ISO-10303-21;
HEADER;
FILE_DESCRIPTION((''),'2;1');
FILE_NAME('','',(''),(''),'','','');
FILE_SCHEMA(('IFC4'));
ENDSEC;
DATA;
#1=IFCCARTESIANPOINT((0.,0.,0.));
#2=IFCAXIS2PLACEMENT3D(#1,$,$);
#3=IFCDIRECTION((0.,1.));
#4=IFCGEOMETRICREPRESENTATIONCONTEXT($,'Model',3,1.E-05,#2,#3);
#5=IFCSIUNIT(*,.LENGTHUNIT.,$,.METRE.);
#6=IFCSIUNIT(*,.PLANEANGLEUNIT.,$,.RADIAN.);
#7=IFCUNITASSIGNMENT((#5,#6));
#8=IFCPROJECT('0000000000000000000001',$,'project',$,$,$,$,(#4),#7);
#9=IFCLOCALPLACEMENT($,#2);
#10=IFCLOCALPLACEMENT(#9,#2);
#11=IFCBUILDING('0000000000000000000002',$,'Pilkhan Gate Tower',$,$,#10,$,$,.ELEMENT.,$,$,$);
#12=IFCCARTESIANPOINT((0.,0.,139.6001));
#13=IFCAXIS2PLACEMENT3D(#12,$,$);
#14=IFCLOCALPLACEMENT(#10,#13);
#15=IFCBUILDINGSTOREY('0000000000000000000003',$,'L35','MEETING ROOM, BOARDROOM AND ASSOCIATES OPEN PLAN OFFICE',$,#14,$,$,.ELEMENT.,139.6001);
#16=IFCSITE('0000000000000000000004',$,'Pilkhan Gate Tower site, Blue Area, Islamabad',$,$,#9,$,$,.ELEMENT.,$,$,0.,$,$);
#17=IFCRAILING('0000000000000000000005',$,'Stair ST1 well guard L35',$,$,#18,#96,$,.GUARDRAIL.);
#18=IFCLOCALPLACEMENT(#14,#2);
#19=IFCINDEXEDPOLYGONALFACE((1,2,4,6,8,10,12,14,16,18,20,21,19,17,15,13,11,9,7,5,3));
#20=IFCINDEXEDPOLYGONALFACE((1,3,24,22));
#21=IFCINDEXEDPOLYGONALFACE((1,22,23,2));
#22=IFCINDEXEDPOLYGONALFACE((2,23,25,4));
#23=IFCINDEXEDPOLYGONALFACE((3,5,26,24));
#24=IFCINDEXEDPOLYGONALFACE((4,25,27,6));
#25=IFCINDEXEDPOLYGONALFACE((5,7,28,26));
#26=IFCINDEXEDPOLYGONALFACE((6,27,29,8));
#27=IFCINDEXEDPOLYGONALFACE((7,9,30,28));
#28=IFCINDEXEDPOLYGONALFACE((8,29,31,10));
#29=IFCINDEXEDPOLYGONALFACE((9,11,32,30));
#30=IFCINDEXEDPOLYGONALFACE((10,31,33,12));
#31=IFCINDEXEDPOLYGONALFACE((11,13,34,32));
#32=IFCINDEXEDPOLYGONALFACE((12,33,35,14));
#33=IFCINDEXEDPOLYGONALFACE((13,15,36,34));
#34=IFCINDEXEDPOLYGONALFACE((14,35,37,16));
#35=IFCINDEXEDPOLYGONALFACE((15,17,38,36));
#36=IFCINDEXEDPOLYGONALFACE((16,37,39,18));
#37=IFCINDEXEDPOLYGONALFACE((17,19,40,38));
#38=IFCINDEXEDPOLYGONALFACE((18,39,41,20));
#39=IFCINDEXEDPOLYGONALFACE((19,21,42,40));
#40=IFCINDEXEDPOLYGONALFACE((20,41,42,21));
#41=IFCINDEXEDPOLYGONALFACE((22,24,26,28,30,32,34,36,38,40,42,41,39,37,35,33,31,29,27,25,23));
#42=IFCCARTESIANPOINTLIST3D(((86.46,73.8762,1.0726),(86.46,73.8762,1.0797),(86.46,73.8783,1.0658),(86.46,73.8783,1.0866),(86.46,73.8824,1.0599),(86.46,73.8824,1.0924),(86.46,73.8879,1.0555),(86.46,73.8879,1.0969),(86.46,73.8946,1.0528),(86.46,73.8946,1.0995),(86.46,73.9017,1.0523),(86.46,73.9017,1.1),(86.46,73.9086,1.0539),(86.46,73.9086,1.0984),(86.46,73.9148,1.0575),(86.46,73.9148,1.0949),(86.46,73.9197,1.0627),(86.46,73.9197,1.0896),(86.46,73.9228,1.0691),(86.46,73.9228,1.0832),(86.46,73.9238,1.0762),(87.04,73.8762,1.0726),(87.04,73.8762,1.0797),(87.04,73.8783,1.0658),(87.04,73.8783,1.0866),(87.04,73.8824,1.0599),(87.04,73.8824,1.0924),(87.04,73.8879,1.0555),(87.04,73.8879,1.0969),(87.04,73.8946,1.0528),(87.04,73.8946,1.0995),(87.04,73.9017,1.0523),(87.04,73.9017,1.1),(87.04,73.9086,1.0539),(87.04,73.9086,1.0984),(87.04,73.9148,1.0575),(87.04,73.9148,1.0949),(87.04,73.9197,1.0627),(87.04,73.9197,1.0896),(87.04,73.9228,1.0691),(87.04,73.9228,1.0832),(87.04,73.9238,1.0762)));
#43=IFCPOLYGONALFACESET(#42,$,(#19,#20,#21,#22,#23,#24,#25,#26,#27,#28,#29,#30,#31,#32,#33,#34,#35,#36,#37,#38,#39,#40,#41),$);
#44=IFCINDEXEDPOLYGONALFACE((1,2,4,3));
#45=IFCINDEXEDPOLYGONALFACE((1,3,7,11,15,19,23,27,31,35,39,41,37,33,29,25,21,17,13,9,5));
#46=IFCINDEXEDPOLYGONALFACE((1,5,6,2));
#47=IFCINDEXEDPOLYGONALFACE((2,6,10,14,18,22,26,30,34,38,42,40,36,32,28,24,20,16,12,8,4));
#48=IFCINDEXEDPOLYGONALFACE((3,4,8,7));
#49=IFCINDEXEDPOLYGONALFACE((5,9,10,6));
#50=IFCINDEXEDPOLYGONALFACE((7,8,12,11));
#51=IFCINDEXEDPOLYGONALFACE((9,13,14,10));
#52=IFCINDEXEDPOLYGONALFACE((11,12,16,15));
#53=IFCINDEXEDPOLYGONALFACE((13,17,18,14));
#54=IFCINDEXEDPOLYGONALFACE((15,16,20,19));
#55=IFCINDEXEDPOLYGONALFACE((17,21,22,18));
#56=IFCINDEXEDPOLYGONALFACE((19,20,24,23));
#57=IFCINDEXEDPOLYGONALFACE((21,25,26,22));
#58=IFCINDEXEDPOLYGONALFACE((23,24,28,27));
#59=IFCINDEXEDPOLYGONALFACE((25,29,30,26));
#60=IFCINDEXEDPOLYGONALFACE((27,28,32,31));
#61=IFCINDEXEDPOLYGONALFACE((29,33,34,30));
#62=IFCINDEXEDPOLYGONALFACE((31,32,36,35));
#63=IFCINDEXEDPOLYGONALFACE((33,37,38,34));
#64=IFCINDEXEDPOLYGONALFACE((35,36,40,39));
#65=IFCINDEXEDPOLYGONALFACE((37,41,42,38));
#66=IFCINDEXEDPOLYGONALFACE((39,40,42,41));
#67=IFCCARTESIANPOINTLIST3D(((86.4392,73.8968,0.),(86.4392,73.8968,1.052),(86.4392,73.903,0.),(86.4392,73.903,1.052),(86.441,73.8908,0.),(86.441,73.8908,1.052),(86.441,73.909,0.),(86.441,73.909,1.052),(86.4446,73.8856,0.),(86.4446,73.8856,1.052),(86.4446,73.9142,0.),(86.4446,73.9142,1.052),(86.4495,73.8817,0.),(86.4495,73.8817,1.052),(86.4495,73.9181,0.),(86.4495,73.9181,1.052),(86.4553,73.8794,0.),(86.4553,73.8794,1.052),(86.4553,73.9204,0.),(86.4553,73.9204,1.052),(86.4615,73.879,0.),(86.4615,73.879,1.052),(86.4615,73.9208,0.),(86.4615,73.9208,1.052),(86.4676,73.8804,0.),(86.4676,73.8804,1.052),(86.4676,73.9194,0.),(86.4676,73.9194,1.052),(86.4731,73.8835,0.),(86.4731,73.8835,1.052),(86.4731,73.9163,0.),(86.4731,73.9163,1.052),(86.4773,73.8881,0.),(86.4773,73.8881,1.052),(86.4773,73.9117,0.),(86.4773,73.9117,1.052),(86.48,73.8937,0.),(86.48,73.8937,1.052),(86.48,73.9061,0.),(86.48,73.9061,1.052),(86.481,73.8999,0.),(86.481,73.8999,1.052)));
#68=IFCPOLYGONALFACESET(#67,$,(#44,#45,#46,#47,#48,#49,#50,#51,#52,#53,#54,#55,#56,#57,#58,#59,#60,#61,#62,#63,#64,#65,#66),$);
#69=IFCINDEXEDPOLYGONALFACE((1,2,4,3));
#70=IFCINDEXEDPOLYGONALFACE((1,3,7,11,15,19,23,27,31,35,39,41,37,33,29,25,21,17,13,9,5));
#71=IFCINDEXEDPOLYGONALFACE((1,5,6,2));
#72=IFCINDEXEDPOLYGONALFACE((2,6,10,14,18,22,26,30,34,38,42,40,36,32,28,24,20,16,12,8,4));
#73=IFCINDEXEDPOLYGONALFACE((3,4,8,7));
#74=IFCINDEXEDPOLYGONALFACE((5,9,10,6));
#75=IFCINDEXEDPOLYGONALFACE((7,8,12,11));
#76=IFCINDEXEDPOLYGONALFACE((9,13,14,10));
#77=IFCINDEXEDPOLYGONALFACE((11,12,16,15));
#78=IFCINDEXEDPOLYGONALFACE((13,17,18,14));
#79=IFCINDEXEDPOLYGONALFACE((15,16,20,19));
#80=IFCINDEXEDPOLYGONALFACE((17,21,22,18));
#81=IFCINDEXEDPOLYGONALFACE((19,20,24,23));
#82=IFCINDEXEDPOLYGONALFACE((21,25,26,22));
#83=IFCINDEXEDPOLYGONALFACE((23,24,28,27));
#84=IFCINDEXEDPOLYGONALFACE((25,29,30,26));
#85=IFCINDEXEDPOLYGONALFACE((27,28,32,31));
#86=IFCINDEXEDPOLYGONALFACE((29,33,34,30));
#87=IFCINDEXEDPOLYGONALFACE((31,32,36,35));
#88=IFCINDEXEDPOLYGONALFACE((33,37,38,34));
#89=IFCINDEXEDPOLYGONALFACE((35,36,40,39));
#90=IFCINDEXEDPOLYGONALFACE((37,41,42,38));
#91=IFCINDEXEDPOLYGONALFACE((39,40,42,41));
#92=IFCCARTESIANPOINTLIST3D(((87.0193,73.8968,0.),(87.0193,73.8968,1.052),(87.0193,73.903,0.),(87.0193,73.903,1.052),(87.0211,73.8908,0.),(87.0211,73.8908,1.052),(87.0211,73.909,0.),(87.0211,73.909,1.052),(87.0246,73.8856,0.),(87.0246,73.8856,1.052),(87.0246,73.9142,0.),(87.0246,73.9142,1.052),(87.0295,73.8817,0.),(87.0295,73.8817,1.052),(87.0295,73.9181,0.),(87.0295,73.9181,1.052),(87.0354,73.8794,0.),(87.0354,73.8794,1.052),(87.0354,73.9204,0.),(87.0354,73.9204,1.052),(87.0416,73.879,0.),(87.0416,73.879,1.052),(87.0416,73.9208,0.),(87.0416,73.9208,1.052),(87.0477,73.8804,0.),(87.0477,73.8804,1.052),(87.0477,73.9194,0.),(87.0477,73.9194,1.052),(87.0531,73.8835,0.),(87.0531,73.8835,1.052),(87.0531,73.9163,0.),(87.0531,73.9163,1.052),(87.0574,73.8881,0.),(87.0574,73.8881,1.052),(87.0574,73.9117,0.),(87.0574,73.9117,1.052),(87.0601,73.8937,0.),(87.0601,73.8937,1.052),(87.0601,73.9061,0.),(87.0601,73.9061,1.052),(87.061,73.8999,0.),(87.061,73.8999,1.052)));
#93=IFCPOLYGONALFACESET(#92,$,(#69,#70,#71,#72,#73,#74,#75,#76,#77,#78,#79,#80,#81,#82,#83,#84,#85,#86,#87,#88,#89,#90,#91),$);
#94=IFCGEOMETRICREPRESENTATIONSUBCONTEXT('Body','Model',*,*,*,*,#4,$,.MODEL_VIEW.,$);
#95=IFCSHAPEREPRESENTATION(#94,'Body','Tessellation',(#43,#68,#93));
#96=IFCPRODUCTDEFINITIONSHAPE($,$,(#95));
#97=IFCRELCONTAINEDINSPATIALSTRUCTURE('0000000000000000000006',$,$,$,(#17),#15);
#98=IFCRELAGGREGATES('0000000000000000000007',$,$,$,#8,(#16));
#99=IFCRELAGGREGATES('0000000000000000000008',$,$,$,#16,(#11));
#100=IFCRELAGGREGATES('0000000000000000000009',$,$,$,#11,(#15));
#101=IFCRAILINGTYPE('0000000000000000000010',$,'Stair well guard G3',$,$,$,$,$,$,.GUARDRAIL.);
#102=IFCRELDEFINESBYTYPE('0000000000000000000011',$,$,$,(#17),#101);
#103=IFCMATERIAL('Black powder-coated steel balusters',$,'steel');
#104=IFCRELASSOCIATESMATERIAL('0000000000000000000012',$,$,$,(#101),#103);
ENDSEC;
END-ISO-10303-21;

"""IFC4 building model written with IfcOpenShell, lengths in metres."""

from ifc_helpers import new_model, si_unit, direction, frame, origin, origin_2d, place, context, subcontext, project, spatial, circle, extrude, material, type_object, element, save


model = new_model("IFC4")

# Units and contexts
model_context = context("Model", 3, precision=1e-05, world=origin(), true_north=direction((0.0, 1.0)))
body_context = subcontext(model_context, "Body", "Model", "MODEL_VIEW")
ifc_project = project(units=[si_unit("LENGTHUNIT", "METRE"), si_unit("PLANEANGLEUNIT", "RADIAN")], contexts=[model_context])

# Site, building, storey
site_placement = place(None, origin())
site = spatial("IfcSite", under=ifc_project, at=site_placement, Name="Pilkhan Gate Tower site, Blue Area, Islamabad", CompositionType="ELEMENT", RefElevation=0.0)
building_placement = place(site_placement, origin())
building = spatial("IfcBuilding", under=site, at=building_placement, Name="Pilkhan Gate Tower", CompositionType="ELEMENT")
storey_placement = place(building_placement, frame((0.0, 0.0, 139.6001)))
storey = spatial("IfcBuildingStorey", under=building, at=storey_placement, Name="L35", Description="MEETING ROOM, BOARDROOM AND ASSOCIATES OPEN PLAN OFFICE", CompositionType="ELEMENT", Elevation=139.6001)

# Railing
ifc_material_1 = material(Name="Black powder-coated steel balusters", Category="steel")
railing_type_1 = type_object("IfcRailingType", Name="Stair well guard G3", PredefinedType="GUARDRAIL", material=ifc_material_1)
railing_1_placement = place(storey_placement, frame((86.46, 73.8999, 0.0)))
element("IfcRailing", 1, at=railing_1_placement, inside=storey, type_object=railing_type_1, Name="Stair ST1 well guard L35", PredefinedType="GUARDRAIL", context=body_context, shape_type="SweptSolid", body=[
    extrude(circle(Radius=0.0239, at=origin_2d()), frame((0.0, 0.0, 1.0762), z_axis=(1.0, 0.0, 0.0), x_axis=(0.0, 1.0, 0.0)), (0.0, 0.0, 1.0), 0.5801),
    extrude(circle(Radius=0.021, at=origin_2d()), origin(), (0.0, 0.0, 1.0), 1.052),
    extrude(circle(Radius=0.021, at=origin_2d()), frame((0.5801, 0.0, 0.0)), (0.0, 0.0, 1.0), 1.052),
])

save(model, "model.ifc")
